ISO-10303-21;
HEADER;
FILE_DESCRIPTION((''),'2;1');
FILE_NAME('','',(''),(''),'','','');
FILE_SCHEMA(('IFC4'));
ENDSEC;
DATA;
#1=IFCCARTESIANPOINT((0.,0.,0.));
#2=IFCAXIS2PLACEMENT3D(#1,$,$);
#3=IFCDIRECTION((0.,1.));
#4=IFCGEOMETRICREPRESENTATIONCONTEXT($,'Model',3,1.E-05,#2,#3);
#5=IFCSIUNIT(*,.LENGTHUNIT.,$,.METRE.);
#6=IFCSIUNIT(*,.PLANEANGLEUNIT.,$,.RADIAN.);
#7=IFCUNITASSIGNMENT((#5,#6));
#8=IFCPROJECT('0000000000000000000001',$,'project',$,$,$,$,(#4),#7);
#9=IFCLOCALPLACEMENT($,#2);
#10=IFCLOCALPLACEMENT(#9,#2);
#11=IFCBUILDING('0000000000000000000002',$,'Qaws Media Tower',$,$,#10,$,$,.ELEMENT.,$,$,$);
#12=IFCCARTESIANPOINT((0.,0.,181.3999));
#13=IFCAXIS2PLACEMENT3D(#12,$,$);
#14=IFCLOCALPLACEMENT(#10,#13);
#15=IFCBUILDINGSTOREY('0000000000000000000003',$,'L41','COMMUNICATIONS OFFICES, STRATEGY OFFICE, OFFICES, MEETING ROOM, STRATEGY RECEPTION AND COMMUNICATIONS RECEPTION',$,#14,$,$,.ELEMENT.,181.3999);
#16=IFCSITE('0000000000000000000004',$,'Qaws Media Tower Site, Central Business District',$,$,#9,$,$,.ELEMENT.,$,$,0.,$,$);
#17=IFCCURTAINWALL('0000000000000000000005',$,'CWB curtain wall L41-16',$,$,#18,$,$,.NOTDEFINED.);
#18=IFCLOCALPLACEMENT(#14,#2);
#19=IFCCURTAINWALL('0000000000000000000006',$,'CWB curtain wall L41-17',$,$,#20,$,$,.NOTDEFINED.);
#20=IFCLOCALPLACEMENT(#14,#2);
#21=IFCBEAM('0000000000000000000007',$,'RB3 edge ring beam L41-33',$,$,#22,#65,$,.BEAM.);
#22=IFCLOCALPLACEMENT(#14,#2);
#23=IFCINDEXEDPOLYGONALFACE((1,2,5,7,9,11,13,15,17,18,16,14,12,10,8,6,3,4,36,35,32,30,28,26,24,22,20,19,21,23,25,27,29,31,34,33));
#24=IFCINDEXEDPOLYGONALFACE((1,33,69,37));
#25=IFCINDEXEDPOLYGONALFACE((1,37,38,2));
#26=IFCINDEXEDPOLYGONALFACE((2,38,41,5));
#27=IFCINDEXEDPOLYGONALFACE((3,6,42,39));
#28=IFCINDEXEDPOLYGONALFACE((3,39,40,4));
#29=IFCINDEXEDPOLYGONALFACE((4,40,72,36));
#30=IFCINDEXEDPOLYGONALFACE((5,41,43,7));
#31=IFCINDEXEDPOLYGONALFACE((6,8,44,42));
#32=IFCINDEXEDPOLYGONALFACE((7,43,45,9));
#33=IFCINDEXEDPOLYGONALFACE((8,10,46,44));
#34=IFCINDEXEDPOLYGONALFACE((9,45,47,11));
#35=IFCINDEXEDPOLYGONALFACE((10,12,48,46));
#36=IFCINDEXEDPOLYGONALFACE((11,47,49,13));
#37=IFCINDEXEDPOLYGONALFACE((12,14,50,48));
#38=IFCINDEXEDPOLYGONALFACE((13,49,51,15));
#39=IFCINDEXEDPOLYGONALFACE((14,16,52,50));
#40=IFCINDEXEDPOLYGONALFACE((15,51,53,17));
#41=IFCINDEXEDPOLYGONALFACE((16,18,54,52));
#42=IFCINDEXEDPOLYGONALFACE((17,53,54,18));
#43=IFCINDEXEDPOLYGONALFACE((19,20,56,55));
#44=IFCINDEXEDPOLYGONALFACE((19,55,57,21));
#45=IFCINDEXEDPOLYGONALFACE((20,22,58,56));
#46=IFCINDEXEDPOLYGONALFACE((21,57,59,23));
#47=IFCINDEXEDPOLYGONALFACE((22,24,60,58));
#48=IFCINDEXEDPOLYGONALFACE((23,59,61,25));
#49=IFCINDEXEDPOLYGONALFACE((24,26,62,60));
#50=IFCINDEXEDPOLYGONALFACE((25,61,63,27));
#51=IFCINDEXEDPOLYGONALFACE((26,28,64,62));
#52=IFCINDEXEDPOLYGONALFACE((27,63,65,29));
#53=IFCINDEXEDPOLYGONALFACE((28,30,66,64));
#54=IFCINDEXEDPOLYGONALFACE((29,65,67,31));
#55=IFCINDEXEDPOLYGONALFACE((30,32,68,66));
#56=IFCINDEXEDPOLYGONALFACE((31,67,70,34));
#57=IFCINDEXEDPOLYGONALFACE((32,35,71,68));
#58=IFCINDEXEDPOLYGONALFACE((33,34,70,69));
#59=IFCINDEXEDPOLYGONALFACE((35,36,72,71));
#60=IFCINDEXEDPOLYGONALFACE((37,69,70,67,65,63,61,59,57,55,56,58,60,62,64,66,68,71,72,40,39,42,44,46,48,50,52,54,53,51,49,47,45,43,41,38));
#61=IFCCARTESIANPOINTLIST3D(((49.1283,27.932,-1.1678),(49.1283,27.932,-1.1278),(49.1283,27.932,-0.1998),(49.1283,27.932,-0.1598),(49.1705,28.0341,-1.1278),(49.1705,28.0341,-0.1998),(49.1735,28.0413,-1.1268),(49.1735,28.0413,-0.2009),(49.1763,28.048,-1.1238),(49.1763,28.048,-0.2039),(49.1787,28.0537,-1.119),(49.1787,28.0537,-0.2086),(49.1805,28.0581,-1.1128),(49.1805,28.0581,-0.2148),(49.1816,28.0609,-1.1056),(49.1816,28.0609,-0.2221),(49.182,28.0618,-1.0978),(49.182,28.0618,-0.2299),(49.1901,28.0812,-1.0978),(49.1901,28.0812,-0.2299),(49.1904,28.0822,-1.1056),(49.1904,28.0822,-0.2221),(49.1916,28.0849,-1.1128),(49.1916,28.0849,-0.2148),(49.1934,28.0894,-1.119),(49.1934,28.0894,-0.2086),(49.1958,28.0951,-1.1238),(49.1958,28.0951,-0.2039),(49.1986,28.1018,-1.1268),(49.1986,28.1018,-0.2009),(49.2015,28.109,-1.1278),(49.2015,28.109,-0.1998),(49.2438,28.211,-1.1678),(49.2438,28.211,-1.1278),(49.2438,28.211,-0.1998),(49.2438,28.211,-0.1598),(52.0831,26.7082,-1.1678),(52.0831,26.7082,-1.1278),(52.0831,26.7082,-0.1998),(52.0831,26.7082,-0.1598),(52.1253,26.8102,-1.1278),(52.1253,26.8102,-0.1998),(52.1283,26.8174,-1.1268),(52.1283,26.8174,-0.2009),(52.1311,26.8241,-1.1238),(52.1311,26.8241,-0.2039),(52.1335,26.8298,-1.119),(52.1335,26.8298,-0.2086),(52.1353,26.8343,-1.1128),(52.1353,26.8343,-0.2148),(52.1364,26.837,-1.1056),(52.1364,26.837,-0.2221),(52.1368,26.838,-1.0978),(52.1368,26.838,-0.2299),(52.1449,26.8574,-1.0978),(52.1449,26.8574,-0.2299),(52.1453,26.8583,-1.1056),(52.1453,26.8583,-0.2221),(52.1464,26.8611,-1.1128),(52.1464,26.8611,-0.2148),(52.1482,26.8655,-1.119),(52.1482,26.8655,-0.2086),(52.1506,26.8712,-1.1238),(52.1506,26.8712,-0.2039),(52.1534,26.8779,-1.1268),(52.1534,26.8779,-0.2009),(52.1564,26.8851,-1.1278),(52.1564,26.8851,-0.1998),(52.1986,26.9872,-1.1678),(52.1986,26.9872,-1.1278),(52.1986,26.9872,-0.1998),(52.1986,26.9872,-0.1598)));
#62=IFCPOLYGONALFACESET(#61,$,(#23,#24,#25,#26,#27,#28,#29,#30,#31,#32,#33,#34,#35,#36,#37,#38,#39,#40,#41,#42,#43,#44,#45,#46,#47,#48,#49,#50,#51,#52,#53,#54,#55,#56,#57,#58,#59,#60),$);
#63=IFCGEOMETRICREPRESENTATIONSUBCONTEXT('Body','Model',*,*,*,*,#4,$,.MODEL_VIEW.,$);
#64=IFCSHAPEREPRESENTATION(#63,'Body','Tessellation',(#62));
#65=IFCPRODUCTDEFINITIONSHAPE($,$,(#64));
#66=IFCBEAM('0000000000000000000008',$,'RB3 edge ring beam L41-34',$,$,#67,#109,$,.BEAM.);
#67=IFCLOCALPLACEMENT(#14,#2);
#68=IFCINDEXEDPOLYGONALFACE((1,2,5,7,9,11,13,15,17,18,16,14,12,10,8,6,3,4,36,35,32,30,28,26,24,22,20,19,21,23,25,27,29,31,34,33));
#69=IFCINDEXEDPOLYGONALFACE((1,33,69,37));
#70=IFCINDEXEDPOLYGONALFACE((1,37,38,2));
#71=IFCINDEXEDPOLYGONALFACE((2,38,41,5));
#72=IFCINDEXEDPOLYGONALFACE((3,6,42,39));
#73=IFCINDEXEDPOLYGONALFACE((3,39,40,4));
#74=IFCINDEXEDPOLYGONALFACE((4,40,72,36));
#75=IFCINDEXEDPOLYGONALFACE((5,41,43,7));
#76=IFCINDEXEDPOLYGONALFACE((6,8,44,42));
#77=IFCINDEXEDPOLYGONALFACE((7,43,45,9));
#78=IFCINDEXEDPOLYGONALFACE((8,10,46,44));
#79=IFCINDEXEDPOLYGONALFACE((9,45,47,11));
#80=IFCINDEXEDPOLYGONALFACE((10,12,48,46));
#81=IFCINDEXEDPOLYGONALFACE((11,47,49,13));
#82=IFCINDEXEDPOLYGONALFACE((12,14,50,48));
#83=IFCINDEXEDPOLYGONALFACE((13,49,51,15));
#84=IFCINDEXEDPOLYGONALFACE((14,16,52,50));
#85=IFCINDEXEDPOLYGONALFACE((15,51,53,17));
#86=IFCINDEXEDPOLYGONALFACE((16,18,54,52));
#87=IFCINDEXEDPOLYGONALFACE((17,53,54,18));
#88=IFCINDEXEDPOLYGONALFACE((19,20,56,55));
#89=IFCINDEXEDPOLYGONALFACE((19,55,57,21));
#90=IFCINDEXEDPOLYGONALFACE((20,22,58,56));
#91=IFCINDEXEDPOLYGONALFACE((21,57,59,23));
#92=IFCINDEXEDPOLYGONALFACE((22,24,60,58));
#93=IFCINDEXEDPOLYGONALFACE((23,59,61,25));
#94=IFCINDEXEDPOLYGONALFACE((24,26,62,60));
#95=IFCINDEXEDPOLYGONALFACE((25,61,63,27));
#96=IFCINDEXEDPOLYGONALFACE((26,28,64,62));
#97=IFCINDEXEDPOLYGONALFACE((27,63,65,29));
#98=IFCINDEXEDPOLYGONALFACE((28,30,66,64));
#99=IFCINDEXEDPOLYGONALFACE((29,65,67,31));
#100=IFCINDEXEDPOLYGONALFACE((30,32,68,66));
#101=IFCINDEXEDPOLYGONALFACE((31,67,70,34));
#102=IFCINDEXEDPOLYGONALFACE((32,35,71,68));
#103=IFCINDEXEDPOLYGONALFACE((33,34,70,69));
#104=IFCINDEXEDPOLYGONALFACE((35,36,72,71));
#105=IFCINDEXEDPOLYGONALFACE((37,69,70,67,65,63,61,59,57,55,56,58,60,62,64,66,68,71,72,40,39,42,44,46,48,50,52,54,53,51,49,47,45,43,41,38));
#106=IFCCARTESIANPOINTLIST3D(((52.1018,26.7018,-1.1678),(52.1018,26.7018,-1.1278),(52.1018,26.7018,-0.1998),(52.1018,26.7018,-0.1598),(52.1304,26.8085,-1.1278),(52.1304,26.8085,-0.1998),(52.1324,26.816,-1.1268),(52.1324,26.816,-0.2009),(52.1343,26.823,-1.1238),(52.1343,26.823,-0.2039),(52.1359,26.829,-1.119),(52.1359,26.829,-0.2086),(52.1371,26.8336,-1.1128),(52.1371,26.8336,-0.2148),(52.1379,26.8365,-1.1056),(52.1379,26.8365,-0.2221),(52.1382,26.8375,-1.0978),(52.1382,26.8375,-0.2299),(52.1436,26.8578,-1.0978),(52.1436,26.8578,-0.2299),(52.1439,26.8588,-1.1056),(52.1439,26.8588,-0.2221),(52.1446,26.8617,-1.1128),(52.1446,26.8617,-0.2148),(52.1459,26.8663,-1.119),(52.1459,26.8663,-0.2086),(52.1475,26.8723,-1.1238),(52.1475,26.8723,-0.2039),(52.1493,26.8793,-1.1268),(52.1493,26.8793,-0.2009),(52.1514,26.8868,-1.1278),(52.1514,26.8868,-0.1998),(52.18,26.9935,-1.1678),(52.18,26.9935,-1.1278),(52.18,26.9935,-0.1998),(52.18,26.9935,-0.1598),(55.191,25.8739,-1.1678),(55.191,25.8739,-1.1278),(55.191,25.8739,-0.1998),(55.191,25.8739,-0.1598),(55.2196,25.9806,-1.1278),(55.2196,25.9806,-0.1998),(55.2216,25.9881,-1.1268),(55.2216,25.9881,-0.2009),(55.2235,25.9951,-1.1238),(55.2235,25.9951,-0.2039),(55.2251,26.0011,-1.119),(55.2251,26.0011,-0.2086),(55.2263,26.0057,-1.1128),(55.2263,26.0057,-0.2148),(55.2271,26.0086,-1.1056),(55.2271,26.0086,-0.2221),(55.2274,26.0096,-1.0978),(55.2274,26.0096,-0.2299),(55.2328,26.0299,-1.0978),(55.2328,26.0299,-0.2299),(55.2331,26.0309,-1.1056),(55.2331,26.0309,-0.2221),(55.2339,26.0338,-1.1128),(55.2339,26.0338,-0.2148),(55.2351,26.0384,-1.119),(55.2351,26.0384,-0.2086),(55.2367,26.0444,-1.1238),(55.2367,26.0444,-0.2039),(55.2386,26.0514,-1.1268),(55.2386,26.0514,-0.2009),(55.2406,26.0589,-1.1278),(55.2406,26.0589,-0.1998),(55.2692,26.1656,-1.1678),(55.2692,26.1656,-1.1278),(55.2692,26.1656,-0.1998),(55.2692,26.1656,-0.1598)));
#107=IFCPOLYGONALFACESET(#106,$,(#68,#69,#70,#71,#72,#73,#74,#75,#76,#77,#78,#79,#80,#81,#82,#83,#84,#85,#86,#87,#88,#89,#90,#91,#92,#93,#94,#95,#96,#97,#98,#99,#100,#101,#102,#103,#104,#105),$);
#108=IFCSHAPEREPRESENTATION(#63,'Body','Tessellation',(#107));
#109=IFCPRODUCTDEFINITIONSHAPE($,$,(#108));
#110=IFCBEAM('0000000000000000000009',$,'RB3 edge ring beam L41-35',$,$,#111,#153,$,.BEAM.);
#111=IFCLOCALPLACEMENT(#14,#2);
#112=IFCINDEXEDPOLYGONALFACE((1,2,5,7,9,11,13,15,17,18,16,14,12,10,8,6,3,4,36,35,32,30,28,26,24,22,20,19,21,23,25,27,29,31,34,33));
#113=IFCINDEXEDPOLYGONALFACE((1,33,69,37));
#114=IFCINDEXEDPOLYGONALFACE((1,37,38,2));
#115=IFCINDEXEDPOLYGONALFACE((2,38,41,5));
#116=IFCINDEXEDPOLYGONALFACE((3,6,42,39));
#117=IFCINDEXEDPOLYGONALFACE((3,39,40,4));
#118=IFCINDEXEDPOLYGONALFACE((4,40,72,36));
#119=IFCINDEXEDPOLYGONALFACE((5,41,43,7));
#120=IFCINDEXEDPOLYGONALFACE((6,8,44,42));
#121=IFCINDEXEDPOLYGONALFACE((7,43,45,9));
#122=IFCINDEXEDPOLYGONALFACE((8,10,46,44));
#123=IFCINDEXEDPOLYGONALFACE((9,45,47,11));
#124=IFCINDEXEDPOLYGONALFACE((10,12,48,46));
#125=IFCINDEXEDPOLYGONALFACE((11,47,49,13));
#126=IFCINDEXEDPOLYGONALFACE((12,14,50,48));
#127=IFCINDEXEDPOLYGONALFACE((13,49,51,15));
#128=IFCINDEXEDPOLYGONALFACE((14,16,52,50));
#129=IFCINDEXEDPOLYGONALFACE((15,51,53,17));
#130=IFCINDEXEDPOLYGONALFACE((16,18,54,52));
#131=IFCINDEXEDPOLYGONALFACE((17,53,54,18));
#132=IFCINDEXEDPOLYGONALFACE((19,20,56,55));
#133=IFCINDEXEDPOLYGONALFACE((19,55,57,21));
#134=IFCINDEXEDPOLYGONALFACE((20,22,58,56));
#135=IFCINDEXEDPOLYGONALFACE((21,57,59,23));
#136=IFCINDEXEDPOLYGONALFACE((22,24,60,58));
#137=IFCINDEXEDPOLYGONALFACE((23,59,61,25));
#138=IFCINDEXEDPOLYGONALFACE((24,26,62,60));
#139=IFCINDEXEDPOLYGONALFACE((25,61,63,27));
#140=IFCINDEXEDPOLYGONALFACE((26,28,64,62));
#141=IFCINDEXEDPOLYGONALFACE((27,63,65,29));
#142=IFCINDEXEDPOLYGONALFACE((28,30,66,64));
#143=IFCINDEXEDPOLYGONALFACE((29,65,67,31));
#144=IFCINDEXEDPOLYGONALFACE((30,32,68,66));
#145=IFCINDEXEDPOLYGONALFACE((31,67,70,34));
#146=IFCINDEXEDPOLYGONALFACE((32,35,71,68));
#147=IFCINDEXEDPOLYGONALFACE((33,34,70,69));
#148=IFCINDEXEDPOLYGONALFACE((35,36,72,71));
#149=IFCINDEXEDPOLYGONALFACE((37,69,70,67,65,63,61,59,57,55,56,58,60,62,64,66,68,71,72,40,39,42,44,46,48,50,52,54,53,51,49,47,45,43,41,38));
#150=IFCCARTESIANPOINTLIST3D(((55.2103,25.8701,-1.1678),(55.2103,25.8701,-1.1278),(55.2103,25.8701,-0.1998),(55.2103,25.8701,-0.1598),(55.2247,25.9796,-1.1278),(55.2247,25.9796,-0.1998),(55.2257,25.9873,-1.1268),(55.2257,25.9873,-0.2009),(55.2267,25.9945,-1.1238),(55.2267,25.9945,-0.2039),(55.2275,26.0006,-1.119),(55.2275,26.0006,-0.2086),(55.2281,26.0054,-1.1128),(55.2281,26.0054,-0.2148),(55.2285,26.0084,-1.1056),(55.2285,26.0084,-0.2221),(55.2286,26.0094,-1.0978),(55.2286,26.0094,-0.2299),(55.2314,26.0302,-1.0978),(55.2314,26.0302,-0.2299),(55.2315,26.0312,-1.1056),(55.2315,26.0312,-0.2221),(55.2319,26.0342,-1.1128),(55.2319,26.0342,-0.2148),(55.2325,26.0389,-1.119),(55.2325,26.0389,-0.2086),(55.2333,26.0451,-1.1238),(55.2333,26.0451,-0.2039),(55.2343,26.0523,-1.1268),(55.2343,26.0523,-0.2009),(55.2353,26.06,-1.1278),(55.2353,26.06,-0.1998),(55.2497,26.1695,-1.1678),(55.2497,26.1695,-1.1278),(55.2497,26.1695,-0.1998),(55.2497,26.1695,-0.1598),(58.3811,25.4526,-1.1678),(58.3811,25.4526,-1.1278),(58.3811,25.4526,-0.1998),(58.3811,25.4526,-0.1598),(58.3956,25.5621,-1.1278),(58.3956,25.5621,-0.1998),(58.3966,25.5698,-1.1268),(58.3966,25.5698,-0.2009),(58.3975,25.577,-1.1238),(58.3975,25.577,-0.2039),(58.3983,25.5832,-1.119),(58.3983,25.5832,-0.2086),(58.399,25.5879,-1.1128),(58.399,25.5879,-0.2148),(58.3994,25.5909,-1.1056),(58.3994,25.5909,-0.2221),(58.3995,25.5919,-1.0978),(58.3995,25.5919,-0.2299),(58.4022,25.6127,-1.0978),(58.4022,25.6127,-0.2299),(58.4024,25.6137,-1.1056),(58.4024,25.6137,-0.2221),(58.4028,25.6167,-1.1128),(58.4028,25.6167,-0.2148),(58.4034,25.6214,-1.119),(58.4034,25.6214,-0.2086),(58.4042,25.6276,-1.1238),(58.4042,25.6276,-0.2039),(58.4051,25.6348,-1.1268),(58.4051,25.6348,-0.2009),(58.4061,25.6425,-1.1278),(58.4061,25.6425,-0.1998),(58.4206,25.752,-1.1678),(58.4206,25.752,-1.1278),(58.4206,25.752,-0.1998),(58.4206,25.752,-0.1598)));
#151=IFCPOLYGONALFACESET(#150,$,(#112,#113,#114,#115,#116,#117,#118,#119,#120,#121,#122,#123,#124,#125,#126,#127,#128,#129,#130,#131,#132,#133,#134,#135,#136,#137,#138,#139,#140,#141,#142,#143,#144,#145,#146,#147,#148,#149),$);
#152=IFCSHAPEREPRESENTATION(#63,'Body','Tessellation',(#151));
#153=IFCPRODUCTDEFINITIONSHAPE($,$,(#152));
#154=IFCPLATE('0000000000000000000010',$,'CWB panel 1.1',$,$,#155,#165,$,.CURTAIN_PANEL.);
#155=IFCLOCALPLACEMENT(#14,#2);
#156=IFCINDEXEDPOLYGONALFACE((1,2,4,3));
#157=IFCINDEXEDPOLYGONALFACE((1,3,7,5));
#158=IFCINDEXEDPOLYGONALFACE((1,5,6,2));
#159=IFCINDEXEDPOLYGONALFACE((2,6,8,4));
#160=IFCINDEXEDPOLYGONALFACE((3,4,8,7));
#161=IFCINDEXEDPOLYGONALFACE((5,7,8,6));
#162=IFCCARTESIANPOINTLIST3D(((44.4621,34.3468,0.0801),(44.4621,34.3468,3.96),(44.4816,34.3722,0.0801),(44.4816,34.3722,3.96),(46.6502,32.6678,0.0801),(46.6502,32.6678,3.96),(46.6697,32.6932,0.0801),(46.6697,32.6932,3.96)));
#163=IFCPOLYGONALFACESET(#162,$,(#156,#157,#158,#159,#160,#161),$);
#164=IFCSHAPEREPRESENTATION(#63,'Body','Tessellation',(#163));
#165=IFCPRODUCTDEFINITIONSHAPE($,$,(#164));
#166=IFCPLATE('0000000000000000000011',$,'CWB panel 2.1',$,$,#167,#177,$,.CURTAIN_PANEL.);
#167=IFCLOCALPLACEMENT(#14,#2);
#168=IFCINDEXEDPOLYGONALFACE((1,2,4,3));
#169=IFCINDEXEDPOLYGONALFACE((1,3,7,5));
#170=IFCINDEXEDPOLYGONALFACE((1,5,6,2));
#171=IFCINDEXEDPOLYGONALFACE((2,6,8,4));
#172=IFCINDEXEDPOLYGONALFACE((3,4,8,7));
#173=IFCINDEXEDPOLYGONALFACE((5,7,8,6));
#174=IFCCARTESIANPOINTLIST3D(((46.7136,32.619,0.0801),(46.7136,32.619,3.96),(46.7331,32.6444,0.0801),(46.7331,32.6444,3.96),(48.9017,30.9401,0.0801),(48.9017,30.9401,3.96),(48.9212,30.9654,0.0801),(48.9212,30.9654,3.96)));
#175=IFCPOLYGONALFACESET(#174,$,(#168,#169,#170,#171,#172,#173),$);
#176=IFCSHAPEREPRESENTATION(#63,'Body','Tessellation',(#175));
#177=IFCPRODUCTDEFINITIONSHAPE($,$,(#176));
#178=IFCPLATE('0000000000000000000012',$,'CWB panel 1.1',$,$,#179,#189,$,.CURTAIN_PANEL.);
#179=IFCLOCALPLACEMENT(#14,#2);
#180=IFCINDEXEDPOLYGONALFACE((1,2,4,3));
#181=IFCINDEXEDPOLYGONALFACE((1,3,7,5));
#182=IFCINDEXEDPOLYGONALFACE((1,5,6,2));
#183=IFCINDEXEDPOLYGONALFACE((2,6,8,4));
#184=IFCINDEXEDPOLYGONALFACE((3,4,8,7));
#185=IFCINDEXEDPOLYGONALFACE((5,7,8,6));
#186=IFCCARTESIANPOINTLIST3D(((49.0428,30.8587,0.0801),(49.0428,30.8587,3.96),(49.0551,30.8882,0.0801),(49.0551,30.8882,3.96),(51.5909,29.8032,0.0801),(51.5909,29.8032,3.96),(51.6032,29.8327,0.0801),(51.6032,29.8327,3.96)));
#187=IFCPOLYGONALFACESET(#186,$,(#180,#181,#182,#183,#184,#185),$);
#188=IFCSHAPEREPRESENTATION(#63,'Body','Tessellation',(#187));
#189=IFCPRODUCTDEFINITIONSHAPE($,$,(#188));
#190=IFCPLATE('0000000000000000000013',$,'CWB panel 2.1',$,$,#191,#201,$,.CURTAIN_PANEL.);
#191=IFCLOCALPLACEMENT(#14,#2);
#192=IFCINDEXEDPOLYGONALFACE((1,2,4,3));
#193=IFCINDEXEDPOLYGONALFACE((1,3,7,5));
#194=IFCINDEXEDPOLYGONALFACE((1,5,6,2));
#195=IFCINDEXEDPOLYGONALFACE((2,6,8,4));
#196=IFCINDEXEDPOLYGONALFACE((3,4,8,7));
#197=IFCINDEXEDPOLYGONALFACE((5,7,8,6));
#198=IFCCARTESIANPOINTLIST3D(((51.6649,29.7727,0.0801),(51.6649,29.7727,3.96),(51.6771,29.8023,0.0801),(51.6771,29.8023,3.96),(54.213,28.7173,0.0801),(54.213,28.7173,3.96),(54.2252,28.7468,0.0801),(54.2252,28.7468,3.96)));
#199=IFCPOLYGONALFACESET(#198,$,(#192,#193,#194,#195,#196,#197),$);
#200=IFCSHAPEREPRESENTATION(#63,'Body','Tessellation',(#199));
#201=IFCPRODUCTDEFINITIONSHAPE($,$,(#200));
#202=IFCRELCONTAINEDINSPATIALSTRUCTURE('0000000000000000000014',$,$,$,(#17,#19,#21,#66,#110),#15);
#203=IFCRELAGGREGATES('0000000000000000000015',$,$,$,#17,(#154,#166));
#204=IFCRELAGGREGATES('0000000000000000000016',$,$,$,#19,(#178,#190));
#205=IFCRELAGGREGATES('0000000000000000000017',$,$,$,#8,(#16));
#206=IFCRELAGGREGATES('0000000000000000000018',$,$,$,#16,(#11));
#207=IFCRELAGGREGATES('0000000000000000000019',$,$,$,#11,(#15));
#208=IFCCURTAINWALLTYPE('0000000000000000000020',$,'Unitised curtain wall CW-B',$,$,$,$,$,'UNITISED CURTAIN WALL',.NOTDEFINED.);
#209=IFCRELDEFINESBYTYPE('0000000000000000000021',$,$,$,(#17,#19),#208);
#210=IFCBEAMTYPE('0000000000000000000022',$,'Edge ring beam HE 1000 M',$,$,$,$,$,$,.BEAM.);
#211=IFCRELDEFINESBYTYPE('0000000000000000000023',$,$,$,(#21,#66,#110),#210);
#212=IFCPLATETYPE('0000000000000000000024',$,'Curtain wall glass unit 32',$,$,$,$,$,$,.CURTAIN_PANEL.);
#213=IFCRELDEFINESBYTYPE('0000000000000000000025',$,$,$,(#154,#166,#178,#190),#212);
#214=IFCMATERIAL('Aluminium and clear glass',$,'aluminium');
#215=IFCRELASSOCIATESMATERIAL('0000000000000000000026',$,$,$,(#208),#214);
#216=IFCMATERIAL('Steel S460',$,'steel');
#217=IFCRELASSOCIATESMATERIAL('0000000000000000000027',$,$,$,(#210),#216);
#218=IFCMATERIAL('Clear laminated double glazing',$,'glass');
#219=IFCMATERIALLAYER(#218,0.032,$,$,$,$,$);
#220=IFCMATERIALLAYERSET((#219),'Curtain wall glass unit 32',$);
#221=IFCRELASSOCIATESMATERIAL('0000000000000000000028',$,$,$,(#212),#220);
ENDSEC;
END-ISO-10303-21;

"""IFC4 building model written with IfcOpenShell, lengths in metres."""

from ifc_helpers import new_model, si_unit, direction, frame, origin, origin_2d, place, context, subcontext, project, spatial, rectangle, i_section, extrude, material, layer, layer_set, material_profile, profile_set, type_object, element, aggregate, save


model = new_model("IFC4")

# Units and contexts
model_context = context("Model", 3, precision=1e-05, world=origin(), true_north=direction((0.0, 1.0)))
body_context = subcontext(model_context, "Body", "Model", "MODEL_VIEW")
ifc_project = project(units=[si_unit("LENGTHUNIT", "METRE"), si_unit("PLANEANGLEUNIT", "RADIAN")], contexts=[model_context])

# Site, building, storey
site_placement = place(None, origin())
site = spatial("IfcSite", under=ifc_project, at=site_placement, Name="Qaws Media Tower Site, Central Business District", CompositionType="ELEMENT", RefElevation=0.0)
building_placement = place(site_placement, origin())
building = spatial("IfcBuilding", under=site, at=building_placement, Name="Qaws Media Tower", CompositionType="ELEMENT")
storey_placement = place(building_placement, frame((0.0, 0.0, 181.3999)))
storey = spatial("IfcBuildingStorey", under=building, at=storey_placement, Name="L41", Description="COMMUNICATIONS OFFICES, STRATEGY OFFICE, OFFICES, MEETING ROOM, STRATEGY RECEPTION AND COMMUNICATIONS RECEPTION", CompositionType="ELEMENT", Elevation=181.3999)

# Curtain walls
ifc_material_1 = material(Name="Aluminium and clear glass", Category="aluminium")
curtain_wall_type = type_object("IfcCurtainWallType", Name="Unitised curtain wall CW-B", ElementType="UNITISED CURTAIN WALL", PredefinedType="NOTDEFINED", material=ifc_material_1)
curtain_wall_1_placement = place(storey_placement, origin())
curtain_wall_1 = element("IfcCurtainWall", 1, at=curtain_wall_1_placement, inside=storey, type_object=curtain_wall_type, Name="CWB curtain wall L41-16", PredefinedType="NOTDEFINED")
curtain_wall_2_placement = place(storey_placement, origin())
curtain_wall_2 = element("IfcCurtainWall", 2, at=curtain_wall_2_placement, inside=storey, type_object=curtain_wall_type, Name="CWB curtain wall L41-17", PredefinedType="NOTDEFINED")

# Beams
ifc_material_2 = material(Name="Steel S460", Category="steel")
ifc_material_profile_1 = material_profile(ifc_material_2, i_section(OverallWidth=0.302, OverallDepth=1.0081, WebThickness=0.021, FlangeThickness=0.04, FilletRadius=0.03, at=origin_2d()), Name="HE 1000 M")
ifc_profile_set_1 = profile_set([ifc_material_profile_1], Name="Steel S460")
beam_type = type_object("IfcBeamType", Name="Edge ring beam HE 1000 M", PredefinedType="BEAM", material=ifc_profile_set_1)
for number, where, z_axis, x_axis, name in (
    (3, (49.186, 28.0715, -0.6638), (0.923886, -0.382669, 0.0), (0.382669, 0.923886, 0.0), "RB3 edge ring beam L41-33"),
    (4, (52.1409, 26.8477, -0.6638), (0.965914, -0.258865, 0.0), (0.258865, 0.965914, 0.0), "RB3 edge ring beam L41-34"),
    (5, (55.23, 26.0198, -0.6638), (0.991444, -0.130533, 0.0), (0.130533, 0.991444, 0.0), "RB3 edge ring beam L41-35"),
):
    element("IfcBeam", number, at=place(storey_placement, frame(where, z_axis=z_axis, x_axis=x_axis)), inside=storey, type_object=beam_type, Name=name, PredefinedType="BEAM", context=body_context, shape_type="SweptSolid", body=[
        extrude(i_section(OverallWidth=0.302, OverallDepth=1.0081, WebThickness=0.021, FlangeThickness=0.04, FilletRadius=0.03, at=origin_2d()), origin(), (0.0, 0.0, 1.0), 3.1982),
    ])

# Plates
ifc_material_3 = material(Name="Clear laminated double glazing", Category="glass")
ifc_layer_1 = layer(ifc_material_3, 0.032)
ifc_layer_set_1 = layer_set([ifc_layer_1], Name="Curtain wall glass unit 32")
plate_type_1 = type_object("IfcPlateType", Name="Curtain wall glass unit 32", PredefinedType="CURTAIN_PANEL", material=ifc_layer_set_1)
plate_1_placement = place(storey_placement, frame((45.5659, 33.52, 0.0801), z_axis=(0.0, 0.0, 1.0), x_axis=(0.793353, -0.608761, 0.0)))
plate_1 = element("IfcPlate", 6, at=plate_1_placement, type_object=plate_type_1, Name="CWB panel 1.1", PredefinedType="CURTAIN_PANEL", context=body_context, shape_type="SweptSolid", body=[
    extrude(rectangle(XDim=2.7581, YDim=0.032, at=origin_2d()), origin(), (0.0, 0.0, 1.0), 3.8799),
])
plate_2_placement = place(storey_placement, frame((47.8174, 31.7922, 0.0801), z_axis=(0.0, 0.0, 1.0), x_axis=(0.793353, -0.608761, 0.0)))
plate_2 = element("IfcPlate", 7, at=plate_2_placement, type_object=plate_type_1, Name="CWB panel 2.1", PredefinedType="CURTAIN_PANEL", context=body_context, shape_type="SweptSolid", body=[
    extrude(rectangle(XDim=2.7581, YDim=0.032, at=origin_2d()), origin(), (0.0, 0.0, 1.0), 3.8799),
])
aggregate(curtain_wall_1, [plate_1, plate_2])
plate_3_placement = place(storey_placement, frame((50.323, 30.3457, 0.0801), z_axis=(0.0, 0.0, 1.0), x_axis=(0.92388, -0.382683, 0.0)))
plate_3 = element("IfcPlate", 8, at=plate_3_placement, type_object=plate_type_1, Name="CWB panel 1.1", PredefinedType="CURTAIN_PANEL", context=body_context, shape_type="SweptSolid", body=[
    extrude(rectangle(XDim=2.7581, YDim=0.032, at=origin_2d()), origin(), (0.0, 0.0, 1.0), 3.8799),
])
plate_4_placement = place(storey_placement, frame((52.9451, 29.2598, 0.0801), z_axis=(0.0, 0.0, 1.0), x_axis=(0.92388, -0.382683, 0.0)))
plate_4 = element("IfcPlate", 9, at=plate_4_placement, type_object=plate_type_1, Name="CWB panel 2.1", PredefinedType="CURTAIN_PANEL", context=body_context, shape_type="SweptSolid", body=[
    extrude(rectangle(XDim=2.7581, YDim=0.032, at=origin_2d()), origin(), (0.0, 0.0, 1.0), 3.8799),
])
aggregate(curtain_wall_2, [plate_3, plate_4])

save(model, "model.ifc")
